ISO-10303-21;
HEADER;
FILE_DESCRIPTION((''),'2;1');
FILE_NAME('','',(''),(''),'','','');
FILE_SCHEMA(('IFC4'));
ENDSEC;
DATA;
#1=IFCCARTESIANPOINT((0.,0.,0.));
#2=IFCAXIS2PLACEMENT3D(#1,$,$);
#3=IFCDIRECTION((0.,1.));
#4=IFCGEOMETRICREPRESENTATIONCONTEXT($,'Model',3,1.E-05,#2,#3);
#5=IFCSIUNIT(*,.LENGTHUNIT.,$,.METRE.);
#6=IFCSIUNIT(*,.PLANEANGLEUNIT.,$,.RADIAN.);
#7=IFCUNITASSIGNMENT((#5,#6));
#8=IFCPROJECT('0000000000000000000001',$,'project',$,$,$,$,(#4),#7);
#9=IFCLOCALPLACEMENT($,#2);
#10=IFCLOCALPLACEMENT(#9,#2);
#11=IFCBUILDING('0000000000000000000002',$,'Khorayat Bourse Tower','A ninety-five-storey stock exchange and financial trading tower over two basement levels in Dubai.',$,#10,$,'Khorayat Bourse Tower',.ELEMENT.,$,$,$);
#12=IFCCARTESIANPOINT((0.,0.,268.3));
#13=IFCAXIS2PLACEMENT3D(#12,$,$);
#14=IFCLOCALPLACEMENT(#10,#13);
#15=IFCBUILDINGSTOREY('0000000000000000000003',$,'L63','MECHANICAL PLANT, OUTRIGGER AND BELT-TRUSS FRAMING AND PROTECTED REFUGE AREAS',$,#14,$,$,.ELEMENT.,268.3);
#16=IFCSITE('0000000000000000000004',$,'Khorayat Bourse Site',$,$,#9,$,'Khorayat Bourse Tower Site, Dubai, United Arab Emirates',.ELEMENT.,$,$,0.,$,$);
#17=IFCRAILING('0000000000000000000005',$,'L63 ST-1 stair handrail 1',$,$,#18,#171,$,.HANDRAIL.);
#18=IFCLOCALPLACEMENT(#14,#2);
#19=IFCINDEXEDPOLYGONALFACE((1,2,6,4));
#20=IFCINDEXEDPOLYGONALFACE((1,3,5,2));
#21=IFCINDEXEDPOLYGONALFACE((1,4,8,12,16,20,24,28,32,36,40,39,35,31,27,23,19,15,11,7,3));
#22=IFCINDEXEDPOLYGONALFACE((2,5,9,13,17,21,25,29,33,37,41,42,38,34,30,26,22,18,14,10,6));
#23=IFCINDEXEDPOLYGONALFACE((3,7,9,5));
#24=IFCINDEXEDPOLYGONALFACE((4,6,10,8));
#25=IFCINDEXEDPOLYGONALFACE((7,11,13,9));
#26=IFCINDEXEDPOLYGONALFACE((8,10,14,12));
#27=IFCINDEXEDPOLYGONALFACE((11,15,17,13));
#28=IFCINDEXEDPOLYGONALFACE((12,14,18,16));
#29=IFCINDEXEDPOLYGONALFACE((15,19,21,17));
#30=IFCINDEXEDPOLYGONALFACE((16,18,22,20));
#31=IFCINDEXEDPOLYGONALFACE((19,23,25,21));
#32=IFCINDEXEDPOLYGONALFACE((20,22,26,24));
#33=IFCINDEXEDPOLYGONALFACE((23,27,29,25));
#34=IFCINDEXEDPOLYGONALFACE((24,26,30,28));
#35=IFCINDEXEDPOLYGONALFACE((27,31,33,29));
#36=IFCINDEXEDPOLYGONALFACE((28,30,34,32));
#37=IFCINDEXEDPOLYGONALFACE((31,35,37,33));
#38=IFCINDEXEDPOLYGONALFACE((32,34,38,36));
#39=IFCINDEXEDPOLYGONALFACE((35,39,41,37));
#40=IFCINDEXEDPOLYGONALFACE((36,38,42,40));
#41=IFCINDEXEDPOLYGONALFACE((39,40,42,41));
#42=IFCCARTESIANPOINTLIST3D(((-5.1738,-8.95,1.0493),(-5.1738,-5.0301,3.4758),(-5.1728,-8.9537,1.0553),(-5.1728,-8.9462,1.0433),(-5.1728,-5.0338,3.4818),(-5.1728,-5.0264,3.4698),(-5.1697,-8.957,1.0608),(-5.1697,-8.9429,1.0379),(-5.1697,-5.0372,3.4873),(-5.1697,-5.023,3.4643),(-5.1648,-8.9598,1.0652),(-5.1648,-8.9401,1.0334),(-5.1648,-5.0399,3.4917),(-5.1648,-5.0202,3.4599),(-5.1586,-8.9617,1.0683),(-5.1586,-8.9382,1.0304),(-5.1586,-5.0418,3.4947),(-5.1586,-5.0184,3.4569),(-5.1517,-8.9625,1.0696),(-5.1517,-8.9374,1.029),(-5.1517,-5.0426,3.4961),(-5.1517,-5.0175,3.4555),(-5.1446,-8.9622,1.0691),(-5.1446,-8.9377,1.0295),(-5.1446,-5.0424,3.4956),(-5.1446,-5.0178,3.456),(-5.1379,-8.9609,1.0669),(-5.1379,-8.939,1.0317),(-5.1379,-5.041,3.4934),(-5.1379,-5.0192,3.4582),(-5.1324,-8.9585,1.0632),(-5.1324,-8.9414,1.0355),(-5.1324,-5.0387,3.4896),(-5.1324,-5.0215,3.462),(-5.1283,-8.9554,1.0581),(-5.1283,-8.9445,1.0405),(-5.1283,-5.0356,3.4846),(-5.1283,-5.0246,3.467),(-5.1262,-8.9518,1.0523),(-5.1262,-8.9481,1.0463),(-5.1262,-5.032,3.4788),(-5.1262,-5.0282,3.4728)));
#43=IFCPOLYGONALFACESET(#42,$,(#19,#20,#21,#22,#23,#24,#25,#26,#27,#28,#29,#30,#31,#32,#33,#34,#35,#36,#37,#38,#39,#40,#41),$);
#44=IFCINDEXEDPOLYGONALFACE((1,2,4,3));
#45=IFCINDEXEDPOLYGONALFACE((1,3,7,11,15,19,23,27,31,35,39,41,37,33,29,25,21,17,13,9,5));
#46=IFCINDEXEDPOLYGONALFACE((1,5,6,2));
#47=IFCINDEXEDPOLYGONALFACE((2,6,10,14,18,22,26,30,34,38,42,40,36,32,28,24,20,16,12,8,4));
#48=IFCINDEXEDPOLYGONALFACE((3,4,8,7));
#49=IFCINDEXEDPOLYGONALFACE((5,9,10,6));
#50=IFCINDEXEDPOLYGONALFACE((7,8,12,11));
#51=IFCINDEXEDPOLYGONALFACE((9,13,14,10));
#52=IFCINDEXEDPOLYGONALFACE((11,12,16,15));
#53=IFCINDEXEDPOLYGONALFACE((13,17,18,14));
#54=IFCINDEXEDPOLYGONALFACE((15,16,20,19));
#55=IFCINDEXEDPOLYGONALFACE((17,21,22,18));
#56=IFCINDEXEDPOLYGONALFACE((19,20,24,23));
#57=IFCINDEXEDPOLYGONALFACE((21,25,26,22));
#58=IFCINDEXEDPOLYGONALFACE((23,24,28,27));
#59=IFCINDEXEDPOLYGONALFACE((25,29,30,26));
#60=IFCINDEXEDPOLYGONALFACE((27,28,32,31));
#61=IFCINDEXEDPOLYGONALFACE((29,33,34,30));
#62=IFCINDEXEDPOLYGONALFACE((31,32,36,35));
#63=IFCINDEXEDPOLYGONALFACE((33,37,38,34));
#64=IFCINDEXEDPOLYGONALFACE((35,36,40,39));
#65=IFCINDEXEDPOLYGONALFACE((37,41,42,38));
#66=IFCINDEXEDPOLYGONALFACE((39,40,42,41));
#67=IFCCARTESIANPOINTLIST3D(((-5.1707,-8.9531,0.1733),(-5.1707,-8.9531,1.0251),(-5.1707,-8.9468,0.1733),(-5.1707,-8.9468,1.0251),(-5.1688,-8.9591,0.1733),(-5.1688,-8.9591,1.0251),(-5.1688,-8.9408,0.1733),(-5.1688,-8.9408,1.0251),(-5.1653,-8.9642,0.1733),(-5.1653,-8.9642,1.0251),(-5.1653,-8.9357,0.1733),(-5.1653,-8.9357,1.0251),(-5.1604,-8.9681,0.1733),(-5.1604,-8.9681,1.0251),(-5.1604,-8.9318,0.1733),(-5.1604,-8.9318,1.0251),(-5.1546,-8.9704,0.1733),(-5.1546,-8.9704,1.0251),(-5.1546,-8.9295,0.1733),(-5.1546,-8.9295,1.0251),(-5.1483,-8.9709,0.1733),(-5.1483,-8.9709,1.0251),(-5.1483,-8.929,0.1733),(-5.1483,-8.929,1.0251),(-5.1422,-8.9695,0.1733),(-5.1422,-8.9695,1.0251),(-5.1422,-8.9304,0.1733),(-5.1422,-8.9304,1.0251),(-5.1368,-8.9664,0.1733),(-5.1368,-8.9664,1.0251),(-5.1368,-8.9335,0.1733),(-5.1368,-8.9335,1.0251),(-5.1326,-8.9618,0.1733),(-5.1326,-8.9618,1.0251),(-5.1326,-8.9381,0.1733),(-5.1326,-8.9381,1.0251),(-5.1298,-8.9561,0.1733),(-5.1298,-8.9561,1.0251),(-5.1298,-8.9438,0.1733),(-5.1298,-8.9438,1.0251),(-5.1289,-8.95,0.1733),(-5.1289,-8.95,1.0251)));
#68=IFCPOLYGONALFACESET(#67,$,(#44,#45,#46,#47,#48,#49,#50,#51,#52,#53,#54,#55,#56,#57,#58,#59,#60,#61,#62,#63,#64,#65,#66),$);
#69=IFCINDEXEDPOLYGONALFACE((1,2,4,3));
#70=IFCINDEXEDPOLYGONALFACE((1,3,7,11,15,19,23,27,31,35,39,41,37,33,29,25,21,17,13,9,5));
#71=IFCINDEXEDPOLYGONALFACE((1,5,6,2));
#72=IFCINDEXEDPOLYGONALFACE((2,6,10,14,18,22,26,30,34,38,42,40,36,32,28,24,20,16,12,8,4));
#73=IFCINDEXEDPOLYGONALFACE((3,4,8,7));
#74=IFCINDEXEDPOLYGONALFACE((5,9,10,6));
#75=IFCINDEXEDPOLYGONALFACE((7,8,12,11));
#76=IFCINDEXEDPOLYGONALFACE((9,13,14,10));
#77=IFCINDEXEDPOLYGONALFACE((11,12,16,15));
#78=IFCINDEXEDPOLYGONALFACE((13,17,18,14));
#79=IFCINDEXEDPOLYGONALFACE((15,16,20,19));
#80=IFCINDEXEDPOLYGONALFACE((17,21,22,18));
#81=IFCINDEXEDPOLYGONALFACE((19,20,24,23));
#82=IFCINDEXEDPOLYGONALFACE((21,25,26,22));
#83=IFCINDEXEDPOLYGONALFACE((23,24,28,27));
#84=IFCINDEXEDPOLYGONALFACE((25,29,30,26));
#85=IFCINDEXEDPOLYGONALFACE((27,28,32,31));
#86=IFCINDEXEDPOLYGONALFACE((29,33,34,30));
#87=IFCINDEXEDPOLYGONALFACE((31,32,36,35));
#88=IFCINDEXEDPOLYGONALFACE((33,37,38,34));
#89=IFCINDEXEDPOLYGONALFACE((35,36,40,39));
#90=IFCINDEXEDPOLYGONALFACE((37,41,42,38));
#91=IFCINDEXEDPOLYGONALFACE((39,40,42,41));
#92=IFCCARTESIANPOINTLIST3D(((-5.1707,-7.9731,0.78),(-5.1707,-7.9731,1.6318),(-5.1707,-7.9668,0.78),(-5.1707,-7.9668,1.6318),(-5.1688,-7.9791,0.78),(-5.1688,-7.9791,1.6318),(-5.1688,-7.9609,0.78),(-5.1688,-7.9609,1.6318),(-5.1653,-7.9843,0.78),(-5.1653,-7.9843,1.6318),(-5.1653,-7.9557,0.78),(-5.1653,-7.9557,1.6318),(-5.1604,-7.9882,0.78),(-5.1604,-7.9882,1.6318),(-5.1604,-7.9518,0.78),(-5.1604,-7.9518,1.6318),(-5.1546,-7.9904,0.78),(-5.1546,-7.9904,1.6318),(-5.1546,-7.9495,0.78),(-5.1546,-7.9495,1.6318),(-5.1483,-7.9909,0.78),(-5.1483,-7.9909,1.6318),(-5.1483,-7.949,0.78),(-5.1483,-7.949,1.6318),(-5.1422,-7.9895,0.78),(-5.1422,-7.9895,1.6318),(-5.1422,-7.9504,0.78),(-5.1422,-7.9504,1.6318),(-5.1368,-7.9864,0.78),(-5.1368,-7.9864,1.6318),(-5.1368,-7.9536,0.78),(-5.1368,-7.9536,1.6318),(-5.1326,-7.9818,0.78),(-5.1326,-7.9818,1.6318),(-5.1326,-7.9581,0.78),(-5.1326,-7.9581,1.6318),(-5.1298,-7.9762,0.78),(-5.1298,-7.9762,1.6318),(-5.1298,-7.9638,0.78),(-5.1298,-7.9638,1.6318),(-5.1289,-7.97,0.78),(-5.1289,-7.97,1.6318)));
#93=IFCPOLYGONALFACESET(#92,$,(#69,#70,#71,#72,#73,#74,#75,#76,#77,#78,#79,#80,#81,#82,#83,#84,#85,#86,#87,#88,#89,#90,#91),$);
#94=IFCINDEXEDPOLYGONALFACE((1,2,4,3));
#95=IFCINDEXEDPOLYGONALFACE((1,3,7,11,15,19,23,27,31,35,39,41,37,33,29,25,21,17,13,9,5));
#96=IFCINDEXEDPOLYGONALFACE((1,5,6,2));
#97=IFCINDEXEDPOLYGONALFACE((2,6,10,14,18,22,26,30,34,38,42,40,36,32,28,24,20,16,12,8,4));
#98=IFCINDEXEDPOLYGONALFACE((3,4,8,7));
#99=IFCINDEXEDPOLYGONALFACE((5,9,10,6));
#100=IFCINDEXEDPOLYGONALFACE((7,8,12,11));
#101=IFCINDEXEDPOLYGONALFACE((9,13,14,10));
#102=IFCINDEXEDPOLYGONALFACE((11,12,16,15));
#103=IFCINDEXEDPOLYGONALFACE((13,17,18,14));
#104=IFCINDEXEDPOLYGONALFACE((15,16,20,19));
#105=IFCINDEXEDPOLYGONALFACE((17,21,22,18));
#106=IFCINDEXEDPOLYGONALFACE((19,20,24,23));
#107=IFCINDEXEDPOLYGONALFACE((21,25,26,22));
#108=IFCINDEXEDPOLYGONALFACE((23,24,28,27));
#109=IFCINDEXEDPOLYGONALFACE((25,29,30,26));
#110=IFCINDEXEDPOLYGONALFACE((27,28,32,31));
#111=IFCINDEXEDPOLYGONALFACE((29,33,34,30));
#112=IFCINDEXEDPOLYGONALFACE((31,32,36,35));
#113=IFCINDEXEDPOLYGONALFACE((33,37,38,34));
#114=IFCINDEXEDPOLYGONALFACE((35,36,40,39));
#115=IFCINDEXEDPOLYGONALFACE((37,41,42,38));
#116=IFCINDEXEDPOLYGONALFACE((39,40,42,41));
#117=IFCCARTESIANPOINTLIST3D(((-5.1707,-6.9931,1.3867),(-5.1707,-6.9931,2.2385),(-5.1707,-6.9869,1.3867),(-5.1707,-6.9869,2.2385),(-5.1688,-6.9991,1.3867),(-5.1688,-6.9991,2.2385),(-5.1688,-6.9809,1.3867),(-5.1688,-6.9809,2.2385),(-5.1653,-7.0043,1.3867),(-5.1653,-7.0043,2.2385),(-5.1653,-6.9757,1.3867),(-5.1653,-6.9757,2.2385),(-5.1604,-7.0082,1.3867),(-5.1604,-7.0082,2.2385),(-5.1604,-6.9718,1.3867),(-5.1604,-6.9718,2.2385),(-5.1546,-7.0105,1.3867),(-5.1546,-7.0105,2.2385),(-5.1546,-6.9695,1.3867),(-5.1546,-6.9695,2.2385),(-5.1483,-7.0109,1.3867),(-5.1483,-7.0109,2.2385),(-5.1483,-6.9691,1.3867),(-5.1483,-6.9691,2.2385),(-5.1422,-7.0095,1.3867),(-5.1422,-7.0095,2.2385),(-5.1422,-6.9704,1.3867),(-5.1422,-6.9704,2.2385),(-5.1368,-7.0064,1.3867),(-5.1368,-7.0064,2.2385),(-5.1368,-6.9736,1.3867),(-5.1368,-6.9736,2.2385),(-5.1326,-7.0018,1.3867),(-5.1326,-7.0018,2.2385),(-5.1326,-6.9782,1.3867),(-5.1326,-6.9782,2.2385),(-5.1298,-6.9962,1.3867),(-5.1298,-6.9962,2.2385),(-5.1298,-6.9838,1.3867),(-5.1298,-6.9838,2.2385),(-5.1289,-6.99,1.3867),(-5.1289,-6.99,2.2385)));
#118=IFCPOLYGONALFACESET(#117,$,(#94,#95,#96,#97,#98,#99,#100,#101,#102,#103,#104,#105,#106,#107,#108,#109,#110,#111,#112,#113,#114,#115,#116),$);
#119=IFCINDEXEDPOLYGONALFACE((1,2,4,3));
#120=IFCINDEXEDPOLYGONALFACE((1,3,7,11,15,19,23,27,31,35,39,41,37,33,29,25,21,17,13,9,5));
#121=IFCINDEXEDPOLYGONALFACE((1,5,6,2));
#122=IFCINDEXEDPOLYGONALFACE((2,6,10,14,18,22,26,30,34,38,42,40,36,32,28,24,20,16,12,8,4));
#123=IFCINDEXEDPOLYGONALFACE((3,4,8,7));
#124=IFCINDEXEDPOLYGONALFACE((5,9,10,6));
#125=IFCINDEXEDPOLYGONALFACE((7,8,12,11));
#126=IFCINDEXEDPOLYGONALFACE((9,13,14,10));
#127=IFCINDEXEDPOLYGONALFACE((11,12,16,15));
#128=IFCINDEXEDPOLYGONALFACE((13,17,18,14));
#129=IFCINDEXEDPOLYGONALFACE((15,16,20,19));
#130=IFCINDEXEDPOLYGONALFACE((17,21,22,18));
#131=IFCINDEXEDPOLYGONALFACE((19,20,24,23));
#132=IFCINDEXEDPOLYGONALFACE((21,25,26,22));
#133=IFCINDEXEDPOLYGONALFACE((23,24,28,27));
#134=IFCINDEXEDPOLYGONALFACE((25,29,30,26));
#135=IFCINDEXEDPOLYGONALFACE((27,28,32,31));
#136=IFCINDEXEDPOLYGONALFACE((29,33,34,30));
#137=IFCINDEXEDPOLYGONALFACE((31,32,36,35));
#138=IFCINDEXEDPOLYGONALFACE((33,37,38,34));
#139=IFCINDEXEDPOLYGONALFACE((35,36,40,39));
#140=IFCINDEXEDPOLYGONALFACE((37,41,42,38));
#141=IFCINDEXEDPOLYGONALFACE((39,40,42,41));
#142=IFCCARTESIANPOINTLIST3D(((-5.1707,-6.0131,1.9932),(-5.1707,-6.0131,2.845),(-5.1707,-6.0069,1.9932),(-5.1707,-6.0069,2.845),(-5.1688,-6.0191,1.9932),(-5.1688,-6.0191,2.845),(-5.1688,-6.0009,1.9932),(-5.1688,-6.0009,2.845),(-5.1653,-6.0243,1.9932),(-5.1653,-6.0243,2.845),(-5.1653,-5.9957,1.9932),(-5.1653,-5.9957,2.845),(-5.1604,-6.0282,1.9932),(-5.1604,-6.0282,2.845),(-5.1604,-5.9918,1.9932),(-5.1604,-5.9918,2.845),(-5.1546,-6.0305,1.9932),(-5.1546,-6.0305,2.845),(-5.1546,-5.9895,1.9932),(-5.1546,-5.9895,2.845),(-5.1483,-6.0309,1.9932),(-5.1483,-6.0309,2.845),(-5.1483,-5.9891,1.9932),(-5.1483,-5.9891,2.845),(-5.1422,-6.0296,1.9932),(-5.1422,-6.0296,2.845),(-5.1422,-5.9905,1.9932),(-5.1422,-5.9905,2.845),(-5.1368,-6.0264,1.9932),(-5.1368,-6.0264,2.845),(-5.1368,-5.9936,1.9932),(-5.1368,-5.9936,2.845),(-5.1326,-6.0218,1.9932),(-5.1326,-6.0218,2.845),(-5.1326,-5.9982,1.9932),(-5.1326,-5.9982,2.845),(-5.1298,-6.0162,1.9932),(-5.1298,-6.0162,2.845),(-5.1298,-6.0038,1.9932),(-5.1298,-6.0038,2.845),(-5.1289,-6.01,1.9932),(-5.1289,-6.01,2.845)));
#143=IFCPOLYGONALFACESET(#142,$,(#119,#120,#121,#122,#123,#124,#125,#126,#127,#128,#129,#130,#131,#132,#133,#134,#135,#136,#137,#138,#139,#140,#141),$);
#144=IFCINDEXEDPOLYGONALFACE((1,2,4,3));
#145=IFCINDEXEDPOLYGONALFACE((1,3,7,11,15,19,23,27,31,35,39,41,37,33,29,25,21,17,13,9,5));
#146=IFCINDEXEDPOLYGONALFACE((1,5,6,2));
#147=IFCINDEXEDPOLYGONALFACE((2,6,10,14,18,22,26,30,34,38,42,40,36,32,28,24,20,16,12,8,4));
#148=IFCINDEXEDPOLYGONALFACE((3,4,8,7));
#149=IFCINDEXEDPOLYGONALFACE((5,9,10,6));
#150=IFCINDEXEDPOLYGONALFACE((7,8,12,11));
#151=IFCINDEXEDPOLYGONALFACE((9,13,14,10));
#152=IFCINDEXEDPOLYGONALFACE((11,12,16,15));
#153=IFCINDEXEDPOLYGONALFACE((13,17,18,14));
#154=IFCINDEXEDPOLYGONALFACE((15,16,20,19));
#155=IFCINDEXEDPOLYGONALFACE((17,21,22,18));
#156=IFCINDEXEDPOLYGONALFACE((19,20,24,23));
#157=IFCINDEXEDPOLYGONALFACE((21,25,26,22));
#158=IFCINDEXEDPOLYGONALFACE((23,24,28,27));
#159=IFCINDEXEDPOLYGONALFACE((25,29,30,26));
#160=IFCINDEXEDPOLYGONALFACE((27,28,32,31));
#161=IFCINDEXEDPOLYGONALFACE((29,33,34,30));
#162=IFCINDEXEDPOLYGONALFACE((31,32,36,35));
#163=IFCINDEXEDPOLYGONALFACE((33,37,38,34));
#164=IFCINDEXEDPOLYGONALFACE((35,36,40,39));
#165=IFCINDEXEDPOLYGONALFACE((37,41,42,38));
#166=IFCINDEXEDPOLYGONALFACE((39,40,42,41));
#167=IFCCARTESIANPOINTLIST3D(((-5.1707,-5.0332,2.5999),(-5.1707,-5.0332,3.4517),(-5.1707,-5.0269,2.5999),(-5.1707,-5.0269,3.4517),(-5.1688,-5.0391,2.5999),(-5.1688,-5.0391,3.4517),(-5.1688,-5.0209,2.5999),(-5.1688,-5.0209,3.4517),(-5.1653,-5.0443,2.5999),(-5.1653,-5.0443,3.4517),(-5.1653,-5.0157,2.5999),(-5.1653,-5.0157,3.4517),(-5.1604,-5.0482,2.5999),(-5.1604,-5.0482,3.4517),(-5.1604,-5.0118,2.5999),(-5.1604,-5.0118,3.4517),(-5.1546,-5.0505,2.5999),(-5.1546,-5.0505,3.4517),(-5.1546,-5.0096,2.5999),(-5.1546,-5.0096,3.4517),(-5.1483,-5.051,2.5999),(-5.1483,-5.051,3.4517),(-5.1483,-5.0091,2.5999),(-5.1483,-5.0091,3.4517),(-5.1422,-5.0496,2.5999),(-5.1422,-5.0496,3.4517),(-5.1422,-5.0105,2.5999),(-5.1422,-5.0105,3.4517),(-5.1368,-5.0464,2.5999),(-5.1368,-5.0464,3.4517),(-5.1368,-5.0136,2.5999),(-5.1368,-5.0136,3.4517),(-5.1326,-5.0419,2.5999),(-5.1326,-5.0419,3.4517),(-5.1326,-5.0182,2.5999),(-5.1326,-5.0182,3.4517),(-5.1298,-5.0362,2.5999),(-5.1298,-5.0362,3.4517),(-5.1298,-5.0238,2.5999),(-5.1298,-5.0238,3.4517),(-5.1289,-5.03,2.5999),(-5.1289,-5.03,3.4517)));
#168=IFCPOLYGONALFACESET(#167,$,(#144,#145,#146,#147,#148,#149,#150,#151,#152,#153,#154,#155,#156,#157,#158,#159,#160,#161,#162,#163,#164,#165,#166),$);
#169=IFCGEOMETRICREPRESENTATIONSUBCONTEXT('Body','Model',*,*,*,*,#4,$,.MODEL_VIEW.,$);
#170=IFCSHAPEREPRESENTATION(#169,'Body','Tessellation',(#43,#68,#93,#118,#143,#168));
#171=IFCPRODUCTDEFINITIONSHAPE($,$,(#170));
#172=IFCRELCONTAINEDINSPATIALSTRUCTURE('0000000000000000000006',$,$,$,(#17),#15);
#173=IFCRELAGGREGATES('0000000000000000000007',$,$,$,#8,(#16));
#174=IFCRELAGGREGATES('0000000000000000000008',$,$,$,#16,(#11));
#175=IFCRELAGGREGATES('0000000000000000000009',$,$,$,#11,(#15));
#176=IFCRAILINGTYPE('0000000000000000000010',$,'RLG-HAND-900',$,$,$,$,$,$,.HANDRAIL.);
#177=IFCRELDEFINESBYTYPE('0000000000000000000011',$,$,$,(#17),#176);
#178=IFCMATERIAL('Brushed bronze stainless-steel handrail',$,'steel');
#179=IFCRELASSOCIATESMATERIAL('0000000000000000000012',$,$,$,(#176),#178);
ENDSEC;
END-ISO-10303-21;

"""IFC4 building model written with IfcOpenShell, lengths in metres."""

from ifc_helpers import new_model, si_unit, direction, frame, origin, origin_2d, place, context, subcontext, project, spatial, circle, extrude, source, transform, mapped, material, type_object, element, save


model = new_model("IFC4")

# Units and contexts
model_context = context("Model", 3, precision=1e-05, world=origin(), true_north=direction((0.0, 1.0)))
body_context = subcontext(model_context, "Body", "Model", "MODEL_VIEW")
ifc_project = project(units=[si_unit("LENGTHUNIT", "METRE"), si_unit("PLANEANGLEUNIT", "RADIAN")], contexts=[model_context])

# Site, building, storey
site_placement = place(None, origin())
site = spatial("IfcSite", under=ifc_project, at=site_placement, Name="Khorayat Bourse Site", LongName="Khorayat Bourse Tower Site, Dubai, United Arab Emirates", CompositionType="ELEMENT", RefElevation=0.0)
building_placement = place(site_placement, origin())
building = spatial("IfcBuilding", under=site, at=building_placement, Name="Khorayat Bourse Tower", Description="A ninety-five-storey stock exchange and financial trading tower over two basement levels in Dubai.", LongName="Khorayat Bourse Tower", CompositionType="ELEMENT")
storey_placement = place(building_placement, frame((0.0, 0.0, 268.3)))
storey = spatial("IfcBuildingStorey", under=building, at=storey_placement, Name="L63", Description="MECHANICAL PLANT, OUTRIGGER AND BELT-TRUSS FRAMING AND PROTECTED REFUGE AREAS", CompositionType="ELEMENT", Elevation=268.3)

# Railing
ifc_material_1 = material(Name="Brushed bronze stainless-steel handrail", Category="steel")
railing_type_1 = type_object("IfcRailingType", Name="RLG-HAND-900", PredefinedType="HANDRAIL", material=ifc_material_1)
shared_shape_1 = source(origin(), body_context, "Body", "SweptSolid", [
    extrude(circle(Radius=0.0239, at=origin_2d()), frame((0.0, 0.0, 0.876), z_axis=(0.0, 0.850275, 0.526338), x_axis=(-1.0, 0.0, 0.0)), (0.0, 0.0, 1.0), 4.6101),
    extrude(circle(Radius=0.021, at=origin_2d()), origin(), (0.0, 0.0, 1.0), 0.8518),
    extrude(circle(Radius=0.021, at=origin_2d()), frame((0.0, 0.98, 0.6067)), (0.0, 0.0, 1.0), 0.8518),
    extrude(circle(Radius=0.021, at=origin_2d()), frame((0.0, 1.96, 1.2134)), (0.0, 0.0, 1.0), 0.8518),
    extrude(circle(Radius=0.021, at=origin_2d()), frame((0.0, 2.9399, 1.8198)), (0.0, 0.0, 1.0), 0.8518),
    extrude(circle(Radius=0.021, at=origin_2d()), frame((0.0, 3.9199, 2.4265)), (0.0, 0.0, 1.0), 0.8518),
])
railing_1_placement = place(storey_placement, frame((-5.1499, -8.95, 0.1733)))
element("IfcRailing", 1, at=railing_1_placement, inside=storey, type_object=railing_type_1, Name="L63 ST-1 stair handrail 1", PredefinedType="HANDRAIL", context=body_context, shape_type="MappedRepresentation", body=[
    mapped(shared_shape_1, transform((0.0, 0.0, 0.0), scale=1.0)),
])

save(model, "model.ifc")
